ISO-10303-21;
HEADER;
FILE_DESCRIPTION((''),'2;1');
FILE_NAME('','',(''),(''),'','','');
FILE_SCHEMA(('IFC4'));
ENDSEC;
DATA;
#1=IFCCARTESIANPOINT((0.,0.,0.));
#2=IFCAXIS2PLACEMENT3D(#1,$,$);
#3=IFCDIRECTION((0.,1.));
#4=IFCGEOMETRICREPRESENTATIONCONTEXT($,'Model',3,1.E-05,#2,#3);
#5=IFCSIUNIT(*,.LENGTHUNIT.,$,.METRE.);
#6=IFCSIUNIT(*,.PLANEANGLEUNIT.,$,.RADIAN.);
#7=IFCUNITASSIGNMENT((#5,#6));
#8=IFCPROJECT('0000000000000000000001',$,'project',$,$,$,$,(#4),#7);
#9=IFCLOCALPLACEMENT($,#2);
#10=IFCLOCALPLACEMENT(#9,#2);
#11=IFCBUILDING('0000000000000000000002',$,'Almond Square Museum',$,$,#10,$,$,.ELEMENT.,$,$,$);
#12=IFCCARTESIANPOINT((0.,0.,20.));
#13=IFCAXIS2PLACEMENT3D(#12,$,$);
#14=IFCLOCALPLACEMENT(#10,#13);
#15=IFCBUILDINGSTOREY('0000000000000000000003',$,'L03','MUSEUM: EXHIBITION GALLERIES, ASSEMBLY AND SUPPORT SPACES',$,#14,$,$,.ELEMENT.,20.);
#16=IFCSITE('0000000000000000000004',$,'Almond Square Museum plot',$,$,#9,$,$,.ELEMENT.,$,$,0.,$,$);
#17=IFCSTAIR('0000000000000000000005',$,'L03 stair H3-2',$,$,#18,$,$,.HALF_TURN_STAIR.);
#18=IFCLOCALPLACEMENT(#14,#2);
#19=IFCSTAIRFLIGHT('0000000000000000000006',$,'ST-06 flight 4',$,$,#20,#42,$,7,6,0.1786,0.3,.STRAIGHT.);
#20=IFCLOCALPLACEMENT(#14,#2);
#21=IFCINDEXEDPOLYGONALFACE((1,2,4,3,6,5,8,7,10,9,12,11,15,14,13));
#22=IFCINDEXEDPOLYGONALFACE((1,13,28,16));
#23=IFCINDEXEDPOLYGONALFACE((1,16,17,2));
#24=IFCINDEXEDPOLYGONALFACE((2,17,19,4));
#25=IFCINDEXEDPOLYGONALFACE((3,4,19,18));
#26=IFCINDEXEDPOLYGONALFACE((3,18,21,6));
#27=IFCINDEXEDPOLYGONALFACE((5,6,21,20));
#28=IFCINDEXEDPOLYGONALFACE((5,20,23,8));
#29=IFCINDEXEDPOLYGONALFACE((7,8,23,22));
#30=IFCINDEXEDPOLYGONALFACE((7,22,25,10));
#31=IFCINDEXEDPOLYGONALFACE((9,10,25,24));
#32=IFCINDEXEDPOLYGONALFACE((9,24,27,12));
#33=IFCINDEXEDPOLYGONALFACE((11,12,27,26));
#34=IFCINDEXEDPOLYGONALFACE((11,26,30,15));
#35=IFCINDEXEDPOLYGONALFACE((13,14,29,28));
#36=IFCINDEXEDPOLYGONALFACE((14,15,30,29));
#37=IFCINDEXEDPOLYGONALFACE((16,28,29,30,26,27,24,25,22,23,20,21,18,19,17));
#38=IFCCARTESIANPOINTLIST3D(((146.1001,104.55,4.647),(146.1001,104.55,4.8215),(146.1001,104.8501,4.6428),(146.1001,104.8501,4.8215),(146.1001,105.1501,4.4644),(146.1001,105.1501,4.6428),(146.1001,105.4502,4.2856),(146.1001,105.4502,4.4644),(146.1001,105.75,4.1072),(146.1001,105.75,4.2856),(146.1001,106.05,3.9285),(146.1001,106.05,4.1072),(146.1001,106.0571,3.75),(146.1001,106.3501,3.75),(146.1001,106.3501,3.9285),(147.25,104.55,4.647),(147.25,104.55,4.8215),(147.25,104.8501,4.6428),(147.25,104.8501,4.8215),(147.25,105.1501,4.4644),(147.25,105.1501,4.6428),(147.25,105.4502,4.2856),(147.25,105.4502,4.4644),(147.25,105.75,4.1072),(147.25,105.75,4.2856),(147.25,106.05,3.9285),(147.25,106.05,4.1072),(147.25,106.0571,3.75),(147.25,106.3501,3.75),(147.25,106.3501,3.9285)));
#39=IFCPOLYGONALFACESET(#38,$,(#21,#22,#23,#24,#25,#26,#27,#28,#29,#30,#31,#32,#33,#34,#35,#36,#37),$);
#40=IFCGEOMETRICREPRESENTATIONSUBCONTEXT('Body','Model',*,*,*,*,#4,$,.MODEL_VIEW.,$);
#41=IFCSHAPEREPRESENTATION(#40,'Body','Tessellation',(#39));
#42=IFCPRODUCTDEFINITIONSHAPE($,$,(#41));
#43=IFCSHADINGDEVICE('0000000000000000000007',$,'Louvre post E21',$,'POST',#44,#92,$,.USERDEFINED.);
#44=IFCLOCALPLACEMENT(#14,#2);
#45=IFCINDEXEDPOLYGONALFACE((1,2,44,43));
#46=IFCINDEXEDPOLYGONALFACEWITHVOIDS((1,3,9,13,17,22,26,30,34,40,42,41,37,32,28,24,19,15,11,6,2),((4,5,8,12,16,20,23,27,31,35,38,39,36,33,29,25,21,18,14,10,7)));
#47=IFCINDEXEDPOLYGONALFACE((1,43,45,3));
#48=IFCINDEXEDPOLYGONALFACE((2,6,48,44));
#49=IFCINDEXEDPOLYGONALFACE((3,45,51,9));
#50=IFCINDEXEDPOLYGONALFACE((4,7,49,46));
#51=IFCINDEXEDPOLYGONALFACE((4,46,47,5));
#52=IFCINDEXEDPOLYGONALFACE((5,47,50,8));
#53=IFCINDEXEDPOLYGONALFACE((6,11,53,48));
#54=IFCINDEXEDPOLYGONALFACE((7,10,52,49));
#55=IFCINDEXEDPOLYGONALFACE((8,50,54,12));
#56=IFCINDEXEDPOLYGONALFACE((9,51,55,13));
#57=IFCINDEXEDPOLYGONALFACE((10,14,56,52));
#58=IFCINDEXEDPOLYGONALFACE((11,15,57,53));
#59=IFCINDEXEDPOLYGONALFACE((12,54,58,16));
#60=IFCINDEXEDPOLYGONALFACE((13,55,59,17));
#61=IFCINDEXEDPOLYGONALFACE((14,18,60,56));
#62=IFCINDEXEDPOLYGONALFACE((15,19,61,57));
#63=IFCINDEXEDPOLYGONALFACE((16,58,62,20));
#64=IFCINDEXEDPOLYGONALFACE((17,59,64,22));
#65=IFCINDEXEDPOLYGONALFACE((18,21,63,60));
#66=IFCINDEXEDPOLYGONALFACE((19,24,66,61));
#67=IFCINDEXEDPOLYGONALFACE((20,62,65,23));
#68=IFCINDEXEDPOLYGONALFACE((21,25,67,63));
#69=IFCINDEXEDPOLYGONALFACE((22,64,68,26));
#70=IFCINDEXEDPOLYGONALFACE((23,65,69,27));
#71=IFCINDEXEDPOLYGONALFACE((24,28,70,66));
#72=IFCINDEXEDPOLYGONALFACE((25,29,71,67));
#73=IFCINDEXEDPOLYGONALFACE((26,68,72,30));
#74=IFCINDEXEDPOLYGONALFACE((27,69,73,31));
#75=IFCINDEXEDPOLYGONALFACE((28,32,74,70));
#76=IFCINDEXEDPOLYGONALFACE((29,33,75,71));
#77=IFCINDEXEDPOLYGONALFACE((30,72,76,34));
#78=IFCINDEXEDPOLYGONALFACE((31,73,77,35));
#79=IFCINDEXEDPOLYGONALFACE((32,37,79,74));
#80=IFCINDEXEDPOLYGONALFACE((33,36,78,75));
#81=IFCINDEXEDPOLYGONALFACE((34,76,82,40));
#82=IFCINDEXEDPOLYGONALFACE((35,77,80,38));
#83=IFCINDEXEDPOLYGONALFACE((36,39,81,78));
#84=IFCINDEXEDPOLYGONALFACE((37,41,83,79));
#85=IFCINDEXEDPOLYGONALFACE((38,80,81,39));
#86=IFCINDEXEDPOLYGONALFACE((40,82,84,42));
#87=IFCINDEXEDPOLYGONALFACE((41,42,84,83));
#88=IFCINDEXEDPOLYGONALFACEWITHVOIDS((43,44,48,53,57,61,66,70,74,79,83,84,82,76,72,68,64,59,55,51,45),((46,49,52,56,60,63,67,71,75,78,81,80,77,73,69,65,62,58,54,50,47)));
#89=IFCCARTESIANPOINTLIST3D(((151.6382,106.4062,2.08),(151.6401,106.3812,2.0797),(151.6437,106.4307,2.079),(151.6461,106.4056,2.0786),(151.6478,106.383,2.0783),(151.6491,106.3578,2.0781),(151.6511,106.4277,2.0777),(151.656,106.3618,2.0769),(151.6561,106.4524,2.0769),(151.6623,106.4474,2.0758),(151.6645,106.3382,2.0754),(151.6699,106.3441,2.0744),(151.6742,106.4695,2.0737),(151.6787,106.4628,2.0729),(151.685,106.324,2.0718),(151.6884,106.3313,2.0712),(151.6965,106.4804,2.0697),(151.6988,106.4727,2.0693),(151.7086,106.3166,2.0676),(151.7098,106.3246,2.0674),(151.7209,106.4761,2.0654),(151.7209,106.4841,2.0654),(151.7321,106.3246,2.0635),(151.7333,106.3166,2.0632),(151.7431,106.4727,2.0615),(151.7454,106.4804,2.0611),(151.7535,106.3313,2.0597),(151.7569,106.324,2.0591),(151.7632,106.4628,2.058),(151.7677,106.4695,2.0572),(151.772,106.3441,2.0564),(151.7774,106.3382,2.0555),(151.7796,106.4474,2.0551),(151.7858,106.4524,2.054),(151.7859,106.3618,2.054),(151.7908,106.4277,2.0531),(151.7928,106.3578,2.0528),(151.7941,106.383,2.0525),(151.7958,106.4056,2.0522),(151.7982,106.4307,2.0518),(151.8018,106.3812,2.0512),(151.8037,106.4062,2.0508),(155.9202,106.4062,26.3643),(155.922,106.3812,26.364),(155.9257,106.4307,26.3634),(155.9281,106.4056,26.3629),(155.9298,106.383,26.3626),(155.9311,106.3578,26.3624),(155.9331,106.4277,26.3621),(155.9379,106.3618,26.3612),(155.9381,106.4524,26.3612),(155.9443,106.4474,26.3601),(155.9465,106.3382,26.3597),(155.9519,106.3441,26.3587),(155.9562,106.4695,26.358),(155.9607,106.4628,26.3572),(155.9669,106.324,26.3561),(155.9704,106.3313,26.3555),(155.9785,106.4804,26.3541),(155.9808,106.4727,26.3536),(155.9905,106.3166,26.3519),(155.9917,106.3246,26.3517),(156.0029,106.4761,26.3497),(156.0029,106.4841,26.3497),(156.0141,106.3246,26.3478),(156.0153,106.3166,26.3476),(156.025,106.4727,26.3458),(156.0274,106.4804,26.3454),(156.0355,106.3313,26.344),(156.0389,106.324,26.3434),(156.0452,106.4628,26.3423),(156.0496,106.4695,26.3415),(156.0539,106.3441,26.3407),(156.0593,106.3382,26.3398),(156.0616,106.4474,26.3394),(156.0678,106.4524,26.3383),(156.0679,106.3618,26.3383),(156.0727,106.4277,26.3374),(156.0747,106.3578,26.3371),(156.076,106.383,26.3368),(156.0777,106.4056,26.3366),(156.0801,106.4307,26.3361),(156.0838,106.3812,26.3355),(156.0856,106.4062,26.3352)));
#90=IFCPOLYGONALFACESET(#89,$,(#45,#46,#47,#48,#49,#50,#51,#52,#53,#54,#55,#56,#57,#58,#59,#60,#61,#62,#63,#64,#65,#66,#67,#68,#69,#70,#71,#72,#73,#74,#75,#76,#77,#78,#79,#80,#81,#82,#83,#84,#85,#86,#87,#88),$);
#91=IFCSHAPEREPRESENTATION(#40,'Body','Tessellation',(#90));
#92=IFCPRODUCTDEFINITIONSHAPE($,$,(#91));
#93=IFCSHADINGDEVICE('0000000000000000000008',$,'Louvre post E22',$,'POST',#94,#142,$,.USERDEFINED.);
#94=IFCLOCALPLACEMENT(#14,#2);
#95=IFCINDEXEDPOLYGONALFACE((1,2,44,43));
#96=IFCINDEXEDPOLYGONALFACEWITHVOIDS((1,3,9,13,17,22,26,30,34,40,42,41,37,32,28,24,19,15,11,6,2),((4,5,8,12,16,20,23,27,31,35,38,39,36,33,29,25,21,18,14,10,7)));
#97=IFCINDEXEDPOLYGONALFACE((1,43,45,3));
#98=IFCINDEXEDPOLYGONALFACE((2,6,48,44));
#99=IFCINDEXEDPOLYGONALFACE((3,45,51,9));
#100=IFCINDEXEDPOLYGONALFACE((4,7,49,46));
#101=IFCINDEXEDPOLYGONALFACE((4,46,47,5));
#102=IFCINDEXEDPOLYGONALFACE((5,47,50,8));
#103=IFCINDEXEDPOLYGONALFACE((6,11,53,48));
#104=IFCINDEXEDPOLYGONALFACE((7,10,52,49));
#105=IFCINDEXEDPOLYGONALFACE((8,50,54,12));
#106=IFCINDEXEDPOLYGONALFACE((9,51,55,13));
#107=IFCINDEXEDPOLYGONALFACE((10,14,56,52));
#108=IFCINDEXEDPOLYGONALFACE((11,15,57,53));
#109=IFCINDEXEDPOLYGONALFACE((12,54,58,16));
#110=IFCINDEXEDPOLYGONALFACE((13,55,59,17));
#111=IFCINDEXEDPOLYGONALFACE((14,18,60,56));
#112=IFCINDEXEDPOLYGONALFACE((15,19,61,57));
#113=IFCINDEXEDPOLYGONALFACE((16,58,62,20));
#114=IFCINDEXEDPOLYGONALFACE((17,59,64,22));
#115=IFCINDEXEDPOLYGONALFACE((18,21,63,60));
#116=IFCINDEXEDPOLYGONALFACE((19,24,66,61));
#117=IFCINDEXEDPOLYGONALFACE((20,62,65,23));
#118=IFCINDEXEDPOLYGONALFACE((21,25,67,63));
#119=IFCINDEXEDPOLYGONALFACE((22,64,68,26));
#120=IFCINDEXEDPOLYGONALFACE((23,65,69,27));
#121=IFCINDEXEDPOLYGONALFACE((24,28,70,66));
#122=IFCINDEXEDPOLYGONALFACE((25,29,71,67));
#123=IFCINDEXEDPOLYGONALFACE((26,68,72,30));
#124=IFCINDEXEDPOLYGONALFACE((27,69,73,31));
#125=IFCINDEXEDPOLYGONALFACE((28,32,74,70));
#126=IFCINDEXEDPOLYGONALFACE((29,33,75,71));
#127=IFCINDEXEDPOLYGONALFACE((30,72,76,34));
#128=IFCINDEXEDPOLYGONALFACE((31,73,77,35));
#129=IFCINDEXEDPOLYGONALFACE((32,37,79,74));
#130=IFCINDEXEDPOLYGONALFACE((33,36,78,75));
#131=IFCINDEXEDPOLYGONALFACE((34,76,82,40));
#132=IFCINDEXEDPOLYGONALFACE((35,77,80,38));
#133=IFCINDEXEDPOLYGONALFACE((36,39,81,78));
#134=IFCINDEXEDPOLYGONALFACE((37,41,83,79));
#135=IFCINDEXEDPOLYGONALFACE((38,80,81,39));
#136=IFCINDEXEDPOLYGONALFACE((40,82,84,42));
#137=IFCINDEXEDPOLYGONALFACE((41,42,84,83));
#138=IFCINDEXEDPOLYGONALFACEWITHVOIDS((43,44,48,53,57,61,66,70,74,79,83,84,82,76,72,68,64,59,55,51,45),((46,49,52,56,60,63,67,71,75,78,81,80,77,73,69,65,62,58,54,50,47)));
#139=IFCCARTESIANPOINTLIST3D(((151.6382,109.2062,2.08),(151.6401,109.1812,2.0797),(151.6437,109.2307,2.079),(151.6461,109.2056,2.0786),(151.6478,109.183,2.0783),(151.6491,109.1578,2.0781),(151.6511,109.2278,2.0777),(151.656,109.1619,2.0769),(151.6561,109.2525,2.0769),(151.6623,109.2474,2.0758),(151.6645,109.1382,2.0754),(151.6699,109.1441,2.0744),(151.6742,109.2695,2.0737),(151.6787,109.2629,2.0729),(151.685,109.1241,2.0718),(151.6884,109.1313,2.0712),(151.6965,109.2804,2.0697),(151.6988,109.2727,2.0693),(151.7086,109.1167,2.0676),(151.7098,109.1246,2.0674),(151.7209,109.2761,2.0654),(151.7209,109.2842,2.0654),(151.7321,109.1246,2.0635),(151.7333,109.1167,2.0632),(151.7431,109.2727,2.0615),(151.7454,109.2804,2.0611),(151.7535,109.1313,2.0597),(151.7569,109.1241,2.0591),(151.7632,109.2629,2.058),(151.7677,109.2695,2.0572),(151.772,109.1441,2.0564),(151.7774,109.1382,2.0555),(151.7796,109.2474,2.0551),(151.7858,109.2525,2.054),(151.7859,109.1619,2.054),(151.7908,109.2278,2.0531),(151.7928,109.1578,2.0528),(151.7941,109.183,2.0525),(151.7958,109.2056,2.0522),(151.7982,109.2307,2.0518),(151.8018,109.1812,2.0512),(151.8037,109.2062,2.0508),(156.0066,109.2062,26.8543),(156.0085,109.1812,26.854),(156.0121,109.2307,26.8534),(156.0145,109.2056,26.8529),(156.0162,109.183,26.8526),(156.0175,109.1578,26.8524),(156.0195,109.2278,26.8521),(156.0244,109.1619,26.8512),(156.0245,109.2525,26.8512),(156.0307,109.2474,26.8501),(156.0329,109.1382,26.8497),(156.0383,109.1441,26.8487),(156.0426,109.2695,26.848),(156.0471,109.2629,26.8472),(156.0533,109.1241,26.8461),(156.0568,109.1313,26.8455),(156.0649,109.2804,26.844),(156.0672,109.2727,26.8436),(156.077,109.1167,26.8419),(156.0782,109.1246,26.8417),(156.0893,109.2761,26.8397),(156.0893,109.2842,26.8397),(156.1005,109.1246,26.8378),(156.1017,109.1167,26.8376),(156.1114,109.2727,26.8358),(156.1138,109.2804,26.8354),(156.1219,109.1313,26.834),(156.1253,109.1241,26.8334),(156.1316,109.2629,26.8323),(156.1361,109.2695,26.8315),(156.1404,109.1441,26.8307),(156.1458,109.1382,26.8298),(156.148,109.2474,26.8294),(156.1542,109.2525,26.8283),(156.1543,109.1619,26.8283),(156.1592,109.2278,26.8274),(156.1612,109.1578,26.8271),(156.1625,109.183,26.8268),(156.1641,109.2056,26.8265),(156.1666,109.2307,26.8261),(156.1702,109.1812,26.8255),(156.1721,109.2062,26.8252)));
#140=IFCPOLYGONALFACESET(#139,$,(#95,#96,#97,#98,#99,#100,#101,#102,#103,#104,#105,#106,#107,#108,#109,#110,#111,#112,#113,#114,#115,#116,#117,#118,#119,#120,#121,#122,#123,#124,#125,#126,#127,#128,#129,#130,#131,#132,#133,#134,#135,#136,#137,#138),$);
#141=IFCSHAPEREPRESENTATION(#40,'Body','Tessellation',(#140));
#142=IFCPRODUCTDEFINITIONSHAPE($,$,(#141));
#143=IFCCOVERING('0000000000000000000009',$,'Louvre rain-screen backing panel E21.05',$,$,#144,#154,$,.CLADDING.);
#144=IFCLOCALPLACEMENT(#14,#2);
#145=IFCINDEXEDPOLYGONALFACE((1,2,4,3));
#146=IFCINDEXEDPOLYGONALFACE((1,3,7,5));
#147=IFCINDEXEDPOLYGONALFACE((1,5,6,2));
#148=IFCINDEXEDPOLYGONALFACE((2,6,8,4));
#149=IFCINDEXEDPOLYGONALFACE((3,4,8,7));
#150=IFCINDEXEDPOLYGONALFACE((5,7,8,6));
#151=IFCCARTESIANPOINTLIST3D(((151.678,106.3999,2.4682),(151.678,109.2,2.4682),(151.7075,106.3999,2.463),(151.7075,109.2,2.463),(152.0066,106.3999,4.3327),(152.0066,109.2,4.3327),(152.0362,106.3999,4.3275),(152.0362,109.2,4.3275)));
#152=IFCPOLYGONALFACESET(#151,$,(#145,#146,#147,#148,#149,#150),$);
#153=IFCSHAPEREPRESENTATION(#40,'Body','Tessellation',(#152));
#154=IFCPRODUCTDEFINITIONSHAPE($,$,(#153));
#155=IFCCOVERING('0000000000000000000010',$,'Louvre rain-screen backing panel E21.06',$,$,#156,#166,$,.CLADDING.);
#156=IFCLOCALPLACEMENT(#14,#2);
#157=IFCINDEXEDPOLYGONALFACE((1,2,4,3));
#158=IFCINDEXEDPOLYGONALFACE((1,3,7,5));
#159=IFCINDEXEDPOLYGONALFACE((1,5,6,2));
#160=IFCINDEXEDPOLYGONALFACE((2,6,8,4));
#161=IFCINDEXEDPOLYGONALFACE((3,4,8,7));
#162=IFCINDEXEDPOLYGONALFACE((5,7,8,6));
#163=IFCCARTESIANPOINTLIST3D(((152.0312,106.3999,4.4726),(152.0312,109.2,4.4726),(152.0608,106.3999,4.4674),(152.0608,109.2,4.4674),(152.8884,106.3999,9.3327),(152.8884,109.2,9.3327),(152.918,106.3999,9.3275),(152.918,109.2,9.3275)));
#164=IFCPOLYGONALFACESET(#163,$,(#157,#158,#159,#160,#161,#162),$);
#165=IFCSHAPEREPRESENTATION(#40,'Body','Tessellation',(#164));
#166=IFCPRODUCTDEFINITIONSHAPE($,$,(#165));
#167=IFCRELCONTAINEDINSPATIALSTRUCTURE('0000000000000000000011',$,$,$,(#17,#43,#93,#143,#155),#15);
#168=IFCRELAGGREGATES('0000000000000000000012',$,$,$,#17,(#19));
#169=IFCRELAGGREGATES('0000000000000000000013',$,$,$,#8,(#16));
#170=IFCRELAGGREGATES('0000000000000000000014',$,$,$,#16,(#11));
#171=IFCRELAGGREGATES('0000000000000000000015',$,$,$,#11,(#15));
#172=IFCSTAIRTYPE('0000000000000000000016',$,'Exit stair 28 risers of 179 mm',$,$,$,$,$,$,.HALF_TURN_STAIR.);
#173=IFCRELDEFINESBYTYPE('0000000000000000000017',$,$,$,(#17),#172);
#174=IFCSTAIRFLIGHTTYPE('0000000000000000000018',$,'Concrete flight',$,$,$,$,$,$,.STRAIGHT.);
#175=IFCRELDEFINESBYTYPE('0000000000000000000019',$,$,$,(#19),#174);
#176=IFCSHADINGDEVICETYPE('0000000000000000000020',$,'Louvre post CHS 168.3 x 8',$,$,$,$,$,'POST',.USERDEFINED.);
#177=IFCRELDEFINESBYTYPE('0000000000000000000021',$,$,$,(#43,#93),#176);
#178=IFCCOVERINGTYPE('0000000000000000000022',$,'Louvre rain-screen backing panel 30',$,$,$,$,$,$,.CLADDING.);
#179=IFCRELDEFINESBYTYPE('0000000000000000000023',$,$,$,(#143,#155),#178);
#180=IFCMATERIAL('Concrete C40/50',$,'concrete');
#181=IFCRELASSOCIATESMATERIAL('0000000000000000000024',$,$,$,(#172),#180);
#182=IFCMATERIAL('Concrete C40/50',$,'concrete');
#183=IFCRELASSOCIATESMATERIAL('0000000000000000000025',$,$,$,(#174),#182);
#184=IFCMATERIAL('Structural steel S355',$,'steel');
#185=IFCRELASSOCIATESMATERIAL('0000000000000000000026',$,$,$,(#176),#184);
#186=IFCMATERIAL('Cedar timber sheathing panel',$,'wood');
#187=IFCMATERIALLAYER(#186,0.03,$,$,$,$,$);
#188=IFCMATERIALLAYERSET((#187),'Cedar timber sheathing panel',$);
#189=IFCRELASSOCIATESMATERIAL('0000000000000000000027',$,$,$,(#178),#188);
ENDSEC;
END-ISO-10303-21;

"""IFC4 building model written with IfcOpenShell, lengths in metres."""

from ifc_helpers import new_model, si_unit, direction, frame, origin, origin_2d, place, context, subcontext, project, spatial, polyline, hollow_circle, outline, extrude, material, layer, layer_set, material_profile, profile_set, type_object, element, aggregate, save


model = new_model("IFC4")

# Units and contexts
model_context = context("Model", 3, precision=1e-05, world=origin(), true_north=direction((0.0, 1.0)))
body_context = subcontext(model_context, "Body", "Model", "MODEL_VIEW")
ifc_project = project(units=[si_unit("LENGTHUNIT", "METRE"), si_unit("PLANEANGLEUNIT", "RADIAN")], contexts=[model_context])

# Site, building, storey
site_placement = place(None, origin())
site = spatial("IfcSite", under=ifc_project, at=site_placement, Name="Almond Square Museum plot", CompositionType="ELEMENT", RefElevation=0.0)
building_placement = place(site_placement, origin())
building = spatial("IfcBuilding", under=site, at=building_placement, Name="Almond Square Museum", CompositionType="ELEMENT")
storey_placement = place(building_placement, frame((0.0, 0.0, 20.0)))
storey = spatial("IfcBuildingStorey", under=building, at=storey_placement, Name="L03", Description="MUSEUM: EXHIBITION GALLERIES, ASSEMBLY AND SUPPORT SPACES", CompositionType="ELEMENT", Elevation=20.0)

# Stair, stair flight
ifc_material_1 = material(Name="Concrete C40/50", Category="concrete")
stair_type = type_object("IfcStairType", Name="Exit stair 28 risers of 179 mm", PredefinedType="HALF_TURN_STAIR", material=ifc_material_1)
stair_placement = place(storey_placement, origin())
stair = element("IfcStair", 1, at=stair_placement, inside=storey, type_object=stair_type, Name="L03 stair H3-2", PredefinedType="HALF_TURN_STAIR")
ifc_material_2 = material(Name="Concrete C40/50", Category="concrete")
stair_flight_type = type_object("IfcStairFlightType", Name="Concrete flight", PredefinedType="STRAIGHT", material=ifc_material_2)
stair_flight_1_placement = place(storey_placement, frame((146.675, 106.3501, 3.75), z_axis=(0.0, 0.0, 1.0), x_axis=(0.0, -1.0, 0.0)))
stair_flight_1 = element("IfcStairFlight", 2, at=stair_flight_1_placement, type_object=stair_flight_type, Name="ST-06 flight 4", NumberOfRisers=7, NumberOfTreads=6, PredefinedType="STRAIGHT", RiserHeight=0.1786, TreadLength=0.3, context=body_context, shape_type="SweptSolid", body=[
    extrude(outline(polyline([(0.0, 0.0), (0.0, 0.1785), (0.3, 0.1785), (0.3, 0.3572), (0.6001, 0.3572), (0.6001, 0.5356), (0.8999, 0.5356), (0.8999, 0.7144), (1.2, 0.7144), (1.2, 0.8928), (1.5, 0.8928), (1.5, 1.0715), (1.8, 1.0715), (1.8, 1.25), (1.8, 0.897), (0.293, 0.0), (0.0, 0.0)])), frame((0.0, 0.575, 0.0), z_axis=(0.0, -1.0, 0.0), x_axis=(1.0, 0.0, 0.0)), (0.0, 0.0, 1.0), 1.1499),
])
aggregate(stair, [stair_flight_1])

# Shading devices
ifc_material_3 = material(Name="Structural steel S355", Category="steel")
ifc_material_profile_1 = material_profile(ifc_material_3, hollow_circle(Radius=0.0842, WallThickness=0.0081, at=origin_2d()))
ifc_profile_set_1 = profile_set([ifc_material_profile_1], Name="Structural steel S355")
shading_device_type = type_object("IfcShadingDeviceType", Name="Louvre post CHS 168.3 x 8", ElementType="POST", PredefinedType="USERDEFINED", material=ifc_profile_set_1)
shading_device_1_placement = place(storey_placement, frame((151.7209, 106.3999, 2.0654), z_axis=(0.173648, 0.0, 0.984808), x_axis=(0.0, 1.0, 0.0)))
element("IfcShadingDevice", 3, at=shading_device_1_placement, inside=storey, type_object=shading_device_type, Name="Louvre post E21", ObjectType="POST", PredefinedType="USERDEFINED", context=body_context, shape_type="SweptSolid", body=[
    extrude(hollow_circle(Radius=0.0842, WallThickness=0.0081, at=origin_2d()), origin(), (0.0, 0.0, 1.0), 24.6589),
])
shading_device_2_placement = place(storey_placement, frame((151.7209, 109.2, 2.0654), z_axis=(0.173649, 0.0, 0.984808), x_axis=(0.0, 1.0, 0.0)))
element("IfcShadingDevice", 4, at=shading_device_2_placement, inside=storey, type_object=shading_device_type, Name="Louvre post E22", ObjectType="POST", PredefinedType="USERDEFINED", context=body_context, shape_type="SweptSolid", body=[
    extrude(hollow_circle(Radius=0.0842, WallThickness=0.0081, at=origin_2d()), origin(), (0.0, 0.0, 1.0), 25.1565),
])

# Coverings
ifc_material_4 = material(Name="Cedar timber sheathing panel", Category="wood")
ifc_layer = layer(ifc_material_4, 0.03)
ifc_layer_set = layer_set([ifc_layer], Name="Cedar timber sheathing panel")
covering_type = type_object("IfcCoveringType", Name="Louvre rain-screen backing panel 30", PredefinedType="CLADDING", material=ifc_layer_set)
covering_1_placement = place(storey_placement, frame((151.6929, 106.3999, 2.4656), z_axis=(0.984821, 0.0, -0.173572), x_axis=(0.0, 1.0, 0.0)))
element("IfcCovering", 5, at=covering_1_placement, inside=storey, type_object=covering_type, Name="Louvre rain-screen backing panel E21.05", PredefinedType="CLADDING", context=body_context, shape_type="SweptSolid", body=[
    extrude(outline(polyline([(0.0, 0.0), (2.8, 0.0), (2.8, 1.8932), (0.0, 1.8932), (0.0, 0.0)])), frame((0.0, 0.0, -0.0151)), (0.0, 0.0, 1.0), 0.03),
])
covering_2_placement = place(storey_placement, frame((152.0461, 106.3999, 4.47), z_axis=(0.9848, 0.0, -0.173689), x_axis=(0.0, 1.0, 0.0)))
element("IfcCovering", 6, at=covering_2_placement, inside=storey, type_object=covering_type, Name="Louvre rain-screen backing panel E21.06", PredefinedType="CLADDING", context=body_context, shape_type="SweptSolid", body=[
    extrude(outline(polyline([(0.0, 0.0), (2.8, 0.0), (2.8, 4.9351), (0.0, 4.9351), (0.0, 0.0)])), frame((0.0, 0.0, -0.0151)), (0.0, 0.0, 1.0), 0.03),
])

save(model, "model.ifc")
